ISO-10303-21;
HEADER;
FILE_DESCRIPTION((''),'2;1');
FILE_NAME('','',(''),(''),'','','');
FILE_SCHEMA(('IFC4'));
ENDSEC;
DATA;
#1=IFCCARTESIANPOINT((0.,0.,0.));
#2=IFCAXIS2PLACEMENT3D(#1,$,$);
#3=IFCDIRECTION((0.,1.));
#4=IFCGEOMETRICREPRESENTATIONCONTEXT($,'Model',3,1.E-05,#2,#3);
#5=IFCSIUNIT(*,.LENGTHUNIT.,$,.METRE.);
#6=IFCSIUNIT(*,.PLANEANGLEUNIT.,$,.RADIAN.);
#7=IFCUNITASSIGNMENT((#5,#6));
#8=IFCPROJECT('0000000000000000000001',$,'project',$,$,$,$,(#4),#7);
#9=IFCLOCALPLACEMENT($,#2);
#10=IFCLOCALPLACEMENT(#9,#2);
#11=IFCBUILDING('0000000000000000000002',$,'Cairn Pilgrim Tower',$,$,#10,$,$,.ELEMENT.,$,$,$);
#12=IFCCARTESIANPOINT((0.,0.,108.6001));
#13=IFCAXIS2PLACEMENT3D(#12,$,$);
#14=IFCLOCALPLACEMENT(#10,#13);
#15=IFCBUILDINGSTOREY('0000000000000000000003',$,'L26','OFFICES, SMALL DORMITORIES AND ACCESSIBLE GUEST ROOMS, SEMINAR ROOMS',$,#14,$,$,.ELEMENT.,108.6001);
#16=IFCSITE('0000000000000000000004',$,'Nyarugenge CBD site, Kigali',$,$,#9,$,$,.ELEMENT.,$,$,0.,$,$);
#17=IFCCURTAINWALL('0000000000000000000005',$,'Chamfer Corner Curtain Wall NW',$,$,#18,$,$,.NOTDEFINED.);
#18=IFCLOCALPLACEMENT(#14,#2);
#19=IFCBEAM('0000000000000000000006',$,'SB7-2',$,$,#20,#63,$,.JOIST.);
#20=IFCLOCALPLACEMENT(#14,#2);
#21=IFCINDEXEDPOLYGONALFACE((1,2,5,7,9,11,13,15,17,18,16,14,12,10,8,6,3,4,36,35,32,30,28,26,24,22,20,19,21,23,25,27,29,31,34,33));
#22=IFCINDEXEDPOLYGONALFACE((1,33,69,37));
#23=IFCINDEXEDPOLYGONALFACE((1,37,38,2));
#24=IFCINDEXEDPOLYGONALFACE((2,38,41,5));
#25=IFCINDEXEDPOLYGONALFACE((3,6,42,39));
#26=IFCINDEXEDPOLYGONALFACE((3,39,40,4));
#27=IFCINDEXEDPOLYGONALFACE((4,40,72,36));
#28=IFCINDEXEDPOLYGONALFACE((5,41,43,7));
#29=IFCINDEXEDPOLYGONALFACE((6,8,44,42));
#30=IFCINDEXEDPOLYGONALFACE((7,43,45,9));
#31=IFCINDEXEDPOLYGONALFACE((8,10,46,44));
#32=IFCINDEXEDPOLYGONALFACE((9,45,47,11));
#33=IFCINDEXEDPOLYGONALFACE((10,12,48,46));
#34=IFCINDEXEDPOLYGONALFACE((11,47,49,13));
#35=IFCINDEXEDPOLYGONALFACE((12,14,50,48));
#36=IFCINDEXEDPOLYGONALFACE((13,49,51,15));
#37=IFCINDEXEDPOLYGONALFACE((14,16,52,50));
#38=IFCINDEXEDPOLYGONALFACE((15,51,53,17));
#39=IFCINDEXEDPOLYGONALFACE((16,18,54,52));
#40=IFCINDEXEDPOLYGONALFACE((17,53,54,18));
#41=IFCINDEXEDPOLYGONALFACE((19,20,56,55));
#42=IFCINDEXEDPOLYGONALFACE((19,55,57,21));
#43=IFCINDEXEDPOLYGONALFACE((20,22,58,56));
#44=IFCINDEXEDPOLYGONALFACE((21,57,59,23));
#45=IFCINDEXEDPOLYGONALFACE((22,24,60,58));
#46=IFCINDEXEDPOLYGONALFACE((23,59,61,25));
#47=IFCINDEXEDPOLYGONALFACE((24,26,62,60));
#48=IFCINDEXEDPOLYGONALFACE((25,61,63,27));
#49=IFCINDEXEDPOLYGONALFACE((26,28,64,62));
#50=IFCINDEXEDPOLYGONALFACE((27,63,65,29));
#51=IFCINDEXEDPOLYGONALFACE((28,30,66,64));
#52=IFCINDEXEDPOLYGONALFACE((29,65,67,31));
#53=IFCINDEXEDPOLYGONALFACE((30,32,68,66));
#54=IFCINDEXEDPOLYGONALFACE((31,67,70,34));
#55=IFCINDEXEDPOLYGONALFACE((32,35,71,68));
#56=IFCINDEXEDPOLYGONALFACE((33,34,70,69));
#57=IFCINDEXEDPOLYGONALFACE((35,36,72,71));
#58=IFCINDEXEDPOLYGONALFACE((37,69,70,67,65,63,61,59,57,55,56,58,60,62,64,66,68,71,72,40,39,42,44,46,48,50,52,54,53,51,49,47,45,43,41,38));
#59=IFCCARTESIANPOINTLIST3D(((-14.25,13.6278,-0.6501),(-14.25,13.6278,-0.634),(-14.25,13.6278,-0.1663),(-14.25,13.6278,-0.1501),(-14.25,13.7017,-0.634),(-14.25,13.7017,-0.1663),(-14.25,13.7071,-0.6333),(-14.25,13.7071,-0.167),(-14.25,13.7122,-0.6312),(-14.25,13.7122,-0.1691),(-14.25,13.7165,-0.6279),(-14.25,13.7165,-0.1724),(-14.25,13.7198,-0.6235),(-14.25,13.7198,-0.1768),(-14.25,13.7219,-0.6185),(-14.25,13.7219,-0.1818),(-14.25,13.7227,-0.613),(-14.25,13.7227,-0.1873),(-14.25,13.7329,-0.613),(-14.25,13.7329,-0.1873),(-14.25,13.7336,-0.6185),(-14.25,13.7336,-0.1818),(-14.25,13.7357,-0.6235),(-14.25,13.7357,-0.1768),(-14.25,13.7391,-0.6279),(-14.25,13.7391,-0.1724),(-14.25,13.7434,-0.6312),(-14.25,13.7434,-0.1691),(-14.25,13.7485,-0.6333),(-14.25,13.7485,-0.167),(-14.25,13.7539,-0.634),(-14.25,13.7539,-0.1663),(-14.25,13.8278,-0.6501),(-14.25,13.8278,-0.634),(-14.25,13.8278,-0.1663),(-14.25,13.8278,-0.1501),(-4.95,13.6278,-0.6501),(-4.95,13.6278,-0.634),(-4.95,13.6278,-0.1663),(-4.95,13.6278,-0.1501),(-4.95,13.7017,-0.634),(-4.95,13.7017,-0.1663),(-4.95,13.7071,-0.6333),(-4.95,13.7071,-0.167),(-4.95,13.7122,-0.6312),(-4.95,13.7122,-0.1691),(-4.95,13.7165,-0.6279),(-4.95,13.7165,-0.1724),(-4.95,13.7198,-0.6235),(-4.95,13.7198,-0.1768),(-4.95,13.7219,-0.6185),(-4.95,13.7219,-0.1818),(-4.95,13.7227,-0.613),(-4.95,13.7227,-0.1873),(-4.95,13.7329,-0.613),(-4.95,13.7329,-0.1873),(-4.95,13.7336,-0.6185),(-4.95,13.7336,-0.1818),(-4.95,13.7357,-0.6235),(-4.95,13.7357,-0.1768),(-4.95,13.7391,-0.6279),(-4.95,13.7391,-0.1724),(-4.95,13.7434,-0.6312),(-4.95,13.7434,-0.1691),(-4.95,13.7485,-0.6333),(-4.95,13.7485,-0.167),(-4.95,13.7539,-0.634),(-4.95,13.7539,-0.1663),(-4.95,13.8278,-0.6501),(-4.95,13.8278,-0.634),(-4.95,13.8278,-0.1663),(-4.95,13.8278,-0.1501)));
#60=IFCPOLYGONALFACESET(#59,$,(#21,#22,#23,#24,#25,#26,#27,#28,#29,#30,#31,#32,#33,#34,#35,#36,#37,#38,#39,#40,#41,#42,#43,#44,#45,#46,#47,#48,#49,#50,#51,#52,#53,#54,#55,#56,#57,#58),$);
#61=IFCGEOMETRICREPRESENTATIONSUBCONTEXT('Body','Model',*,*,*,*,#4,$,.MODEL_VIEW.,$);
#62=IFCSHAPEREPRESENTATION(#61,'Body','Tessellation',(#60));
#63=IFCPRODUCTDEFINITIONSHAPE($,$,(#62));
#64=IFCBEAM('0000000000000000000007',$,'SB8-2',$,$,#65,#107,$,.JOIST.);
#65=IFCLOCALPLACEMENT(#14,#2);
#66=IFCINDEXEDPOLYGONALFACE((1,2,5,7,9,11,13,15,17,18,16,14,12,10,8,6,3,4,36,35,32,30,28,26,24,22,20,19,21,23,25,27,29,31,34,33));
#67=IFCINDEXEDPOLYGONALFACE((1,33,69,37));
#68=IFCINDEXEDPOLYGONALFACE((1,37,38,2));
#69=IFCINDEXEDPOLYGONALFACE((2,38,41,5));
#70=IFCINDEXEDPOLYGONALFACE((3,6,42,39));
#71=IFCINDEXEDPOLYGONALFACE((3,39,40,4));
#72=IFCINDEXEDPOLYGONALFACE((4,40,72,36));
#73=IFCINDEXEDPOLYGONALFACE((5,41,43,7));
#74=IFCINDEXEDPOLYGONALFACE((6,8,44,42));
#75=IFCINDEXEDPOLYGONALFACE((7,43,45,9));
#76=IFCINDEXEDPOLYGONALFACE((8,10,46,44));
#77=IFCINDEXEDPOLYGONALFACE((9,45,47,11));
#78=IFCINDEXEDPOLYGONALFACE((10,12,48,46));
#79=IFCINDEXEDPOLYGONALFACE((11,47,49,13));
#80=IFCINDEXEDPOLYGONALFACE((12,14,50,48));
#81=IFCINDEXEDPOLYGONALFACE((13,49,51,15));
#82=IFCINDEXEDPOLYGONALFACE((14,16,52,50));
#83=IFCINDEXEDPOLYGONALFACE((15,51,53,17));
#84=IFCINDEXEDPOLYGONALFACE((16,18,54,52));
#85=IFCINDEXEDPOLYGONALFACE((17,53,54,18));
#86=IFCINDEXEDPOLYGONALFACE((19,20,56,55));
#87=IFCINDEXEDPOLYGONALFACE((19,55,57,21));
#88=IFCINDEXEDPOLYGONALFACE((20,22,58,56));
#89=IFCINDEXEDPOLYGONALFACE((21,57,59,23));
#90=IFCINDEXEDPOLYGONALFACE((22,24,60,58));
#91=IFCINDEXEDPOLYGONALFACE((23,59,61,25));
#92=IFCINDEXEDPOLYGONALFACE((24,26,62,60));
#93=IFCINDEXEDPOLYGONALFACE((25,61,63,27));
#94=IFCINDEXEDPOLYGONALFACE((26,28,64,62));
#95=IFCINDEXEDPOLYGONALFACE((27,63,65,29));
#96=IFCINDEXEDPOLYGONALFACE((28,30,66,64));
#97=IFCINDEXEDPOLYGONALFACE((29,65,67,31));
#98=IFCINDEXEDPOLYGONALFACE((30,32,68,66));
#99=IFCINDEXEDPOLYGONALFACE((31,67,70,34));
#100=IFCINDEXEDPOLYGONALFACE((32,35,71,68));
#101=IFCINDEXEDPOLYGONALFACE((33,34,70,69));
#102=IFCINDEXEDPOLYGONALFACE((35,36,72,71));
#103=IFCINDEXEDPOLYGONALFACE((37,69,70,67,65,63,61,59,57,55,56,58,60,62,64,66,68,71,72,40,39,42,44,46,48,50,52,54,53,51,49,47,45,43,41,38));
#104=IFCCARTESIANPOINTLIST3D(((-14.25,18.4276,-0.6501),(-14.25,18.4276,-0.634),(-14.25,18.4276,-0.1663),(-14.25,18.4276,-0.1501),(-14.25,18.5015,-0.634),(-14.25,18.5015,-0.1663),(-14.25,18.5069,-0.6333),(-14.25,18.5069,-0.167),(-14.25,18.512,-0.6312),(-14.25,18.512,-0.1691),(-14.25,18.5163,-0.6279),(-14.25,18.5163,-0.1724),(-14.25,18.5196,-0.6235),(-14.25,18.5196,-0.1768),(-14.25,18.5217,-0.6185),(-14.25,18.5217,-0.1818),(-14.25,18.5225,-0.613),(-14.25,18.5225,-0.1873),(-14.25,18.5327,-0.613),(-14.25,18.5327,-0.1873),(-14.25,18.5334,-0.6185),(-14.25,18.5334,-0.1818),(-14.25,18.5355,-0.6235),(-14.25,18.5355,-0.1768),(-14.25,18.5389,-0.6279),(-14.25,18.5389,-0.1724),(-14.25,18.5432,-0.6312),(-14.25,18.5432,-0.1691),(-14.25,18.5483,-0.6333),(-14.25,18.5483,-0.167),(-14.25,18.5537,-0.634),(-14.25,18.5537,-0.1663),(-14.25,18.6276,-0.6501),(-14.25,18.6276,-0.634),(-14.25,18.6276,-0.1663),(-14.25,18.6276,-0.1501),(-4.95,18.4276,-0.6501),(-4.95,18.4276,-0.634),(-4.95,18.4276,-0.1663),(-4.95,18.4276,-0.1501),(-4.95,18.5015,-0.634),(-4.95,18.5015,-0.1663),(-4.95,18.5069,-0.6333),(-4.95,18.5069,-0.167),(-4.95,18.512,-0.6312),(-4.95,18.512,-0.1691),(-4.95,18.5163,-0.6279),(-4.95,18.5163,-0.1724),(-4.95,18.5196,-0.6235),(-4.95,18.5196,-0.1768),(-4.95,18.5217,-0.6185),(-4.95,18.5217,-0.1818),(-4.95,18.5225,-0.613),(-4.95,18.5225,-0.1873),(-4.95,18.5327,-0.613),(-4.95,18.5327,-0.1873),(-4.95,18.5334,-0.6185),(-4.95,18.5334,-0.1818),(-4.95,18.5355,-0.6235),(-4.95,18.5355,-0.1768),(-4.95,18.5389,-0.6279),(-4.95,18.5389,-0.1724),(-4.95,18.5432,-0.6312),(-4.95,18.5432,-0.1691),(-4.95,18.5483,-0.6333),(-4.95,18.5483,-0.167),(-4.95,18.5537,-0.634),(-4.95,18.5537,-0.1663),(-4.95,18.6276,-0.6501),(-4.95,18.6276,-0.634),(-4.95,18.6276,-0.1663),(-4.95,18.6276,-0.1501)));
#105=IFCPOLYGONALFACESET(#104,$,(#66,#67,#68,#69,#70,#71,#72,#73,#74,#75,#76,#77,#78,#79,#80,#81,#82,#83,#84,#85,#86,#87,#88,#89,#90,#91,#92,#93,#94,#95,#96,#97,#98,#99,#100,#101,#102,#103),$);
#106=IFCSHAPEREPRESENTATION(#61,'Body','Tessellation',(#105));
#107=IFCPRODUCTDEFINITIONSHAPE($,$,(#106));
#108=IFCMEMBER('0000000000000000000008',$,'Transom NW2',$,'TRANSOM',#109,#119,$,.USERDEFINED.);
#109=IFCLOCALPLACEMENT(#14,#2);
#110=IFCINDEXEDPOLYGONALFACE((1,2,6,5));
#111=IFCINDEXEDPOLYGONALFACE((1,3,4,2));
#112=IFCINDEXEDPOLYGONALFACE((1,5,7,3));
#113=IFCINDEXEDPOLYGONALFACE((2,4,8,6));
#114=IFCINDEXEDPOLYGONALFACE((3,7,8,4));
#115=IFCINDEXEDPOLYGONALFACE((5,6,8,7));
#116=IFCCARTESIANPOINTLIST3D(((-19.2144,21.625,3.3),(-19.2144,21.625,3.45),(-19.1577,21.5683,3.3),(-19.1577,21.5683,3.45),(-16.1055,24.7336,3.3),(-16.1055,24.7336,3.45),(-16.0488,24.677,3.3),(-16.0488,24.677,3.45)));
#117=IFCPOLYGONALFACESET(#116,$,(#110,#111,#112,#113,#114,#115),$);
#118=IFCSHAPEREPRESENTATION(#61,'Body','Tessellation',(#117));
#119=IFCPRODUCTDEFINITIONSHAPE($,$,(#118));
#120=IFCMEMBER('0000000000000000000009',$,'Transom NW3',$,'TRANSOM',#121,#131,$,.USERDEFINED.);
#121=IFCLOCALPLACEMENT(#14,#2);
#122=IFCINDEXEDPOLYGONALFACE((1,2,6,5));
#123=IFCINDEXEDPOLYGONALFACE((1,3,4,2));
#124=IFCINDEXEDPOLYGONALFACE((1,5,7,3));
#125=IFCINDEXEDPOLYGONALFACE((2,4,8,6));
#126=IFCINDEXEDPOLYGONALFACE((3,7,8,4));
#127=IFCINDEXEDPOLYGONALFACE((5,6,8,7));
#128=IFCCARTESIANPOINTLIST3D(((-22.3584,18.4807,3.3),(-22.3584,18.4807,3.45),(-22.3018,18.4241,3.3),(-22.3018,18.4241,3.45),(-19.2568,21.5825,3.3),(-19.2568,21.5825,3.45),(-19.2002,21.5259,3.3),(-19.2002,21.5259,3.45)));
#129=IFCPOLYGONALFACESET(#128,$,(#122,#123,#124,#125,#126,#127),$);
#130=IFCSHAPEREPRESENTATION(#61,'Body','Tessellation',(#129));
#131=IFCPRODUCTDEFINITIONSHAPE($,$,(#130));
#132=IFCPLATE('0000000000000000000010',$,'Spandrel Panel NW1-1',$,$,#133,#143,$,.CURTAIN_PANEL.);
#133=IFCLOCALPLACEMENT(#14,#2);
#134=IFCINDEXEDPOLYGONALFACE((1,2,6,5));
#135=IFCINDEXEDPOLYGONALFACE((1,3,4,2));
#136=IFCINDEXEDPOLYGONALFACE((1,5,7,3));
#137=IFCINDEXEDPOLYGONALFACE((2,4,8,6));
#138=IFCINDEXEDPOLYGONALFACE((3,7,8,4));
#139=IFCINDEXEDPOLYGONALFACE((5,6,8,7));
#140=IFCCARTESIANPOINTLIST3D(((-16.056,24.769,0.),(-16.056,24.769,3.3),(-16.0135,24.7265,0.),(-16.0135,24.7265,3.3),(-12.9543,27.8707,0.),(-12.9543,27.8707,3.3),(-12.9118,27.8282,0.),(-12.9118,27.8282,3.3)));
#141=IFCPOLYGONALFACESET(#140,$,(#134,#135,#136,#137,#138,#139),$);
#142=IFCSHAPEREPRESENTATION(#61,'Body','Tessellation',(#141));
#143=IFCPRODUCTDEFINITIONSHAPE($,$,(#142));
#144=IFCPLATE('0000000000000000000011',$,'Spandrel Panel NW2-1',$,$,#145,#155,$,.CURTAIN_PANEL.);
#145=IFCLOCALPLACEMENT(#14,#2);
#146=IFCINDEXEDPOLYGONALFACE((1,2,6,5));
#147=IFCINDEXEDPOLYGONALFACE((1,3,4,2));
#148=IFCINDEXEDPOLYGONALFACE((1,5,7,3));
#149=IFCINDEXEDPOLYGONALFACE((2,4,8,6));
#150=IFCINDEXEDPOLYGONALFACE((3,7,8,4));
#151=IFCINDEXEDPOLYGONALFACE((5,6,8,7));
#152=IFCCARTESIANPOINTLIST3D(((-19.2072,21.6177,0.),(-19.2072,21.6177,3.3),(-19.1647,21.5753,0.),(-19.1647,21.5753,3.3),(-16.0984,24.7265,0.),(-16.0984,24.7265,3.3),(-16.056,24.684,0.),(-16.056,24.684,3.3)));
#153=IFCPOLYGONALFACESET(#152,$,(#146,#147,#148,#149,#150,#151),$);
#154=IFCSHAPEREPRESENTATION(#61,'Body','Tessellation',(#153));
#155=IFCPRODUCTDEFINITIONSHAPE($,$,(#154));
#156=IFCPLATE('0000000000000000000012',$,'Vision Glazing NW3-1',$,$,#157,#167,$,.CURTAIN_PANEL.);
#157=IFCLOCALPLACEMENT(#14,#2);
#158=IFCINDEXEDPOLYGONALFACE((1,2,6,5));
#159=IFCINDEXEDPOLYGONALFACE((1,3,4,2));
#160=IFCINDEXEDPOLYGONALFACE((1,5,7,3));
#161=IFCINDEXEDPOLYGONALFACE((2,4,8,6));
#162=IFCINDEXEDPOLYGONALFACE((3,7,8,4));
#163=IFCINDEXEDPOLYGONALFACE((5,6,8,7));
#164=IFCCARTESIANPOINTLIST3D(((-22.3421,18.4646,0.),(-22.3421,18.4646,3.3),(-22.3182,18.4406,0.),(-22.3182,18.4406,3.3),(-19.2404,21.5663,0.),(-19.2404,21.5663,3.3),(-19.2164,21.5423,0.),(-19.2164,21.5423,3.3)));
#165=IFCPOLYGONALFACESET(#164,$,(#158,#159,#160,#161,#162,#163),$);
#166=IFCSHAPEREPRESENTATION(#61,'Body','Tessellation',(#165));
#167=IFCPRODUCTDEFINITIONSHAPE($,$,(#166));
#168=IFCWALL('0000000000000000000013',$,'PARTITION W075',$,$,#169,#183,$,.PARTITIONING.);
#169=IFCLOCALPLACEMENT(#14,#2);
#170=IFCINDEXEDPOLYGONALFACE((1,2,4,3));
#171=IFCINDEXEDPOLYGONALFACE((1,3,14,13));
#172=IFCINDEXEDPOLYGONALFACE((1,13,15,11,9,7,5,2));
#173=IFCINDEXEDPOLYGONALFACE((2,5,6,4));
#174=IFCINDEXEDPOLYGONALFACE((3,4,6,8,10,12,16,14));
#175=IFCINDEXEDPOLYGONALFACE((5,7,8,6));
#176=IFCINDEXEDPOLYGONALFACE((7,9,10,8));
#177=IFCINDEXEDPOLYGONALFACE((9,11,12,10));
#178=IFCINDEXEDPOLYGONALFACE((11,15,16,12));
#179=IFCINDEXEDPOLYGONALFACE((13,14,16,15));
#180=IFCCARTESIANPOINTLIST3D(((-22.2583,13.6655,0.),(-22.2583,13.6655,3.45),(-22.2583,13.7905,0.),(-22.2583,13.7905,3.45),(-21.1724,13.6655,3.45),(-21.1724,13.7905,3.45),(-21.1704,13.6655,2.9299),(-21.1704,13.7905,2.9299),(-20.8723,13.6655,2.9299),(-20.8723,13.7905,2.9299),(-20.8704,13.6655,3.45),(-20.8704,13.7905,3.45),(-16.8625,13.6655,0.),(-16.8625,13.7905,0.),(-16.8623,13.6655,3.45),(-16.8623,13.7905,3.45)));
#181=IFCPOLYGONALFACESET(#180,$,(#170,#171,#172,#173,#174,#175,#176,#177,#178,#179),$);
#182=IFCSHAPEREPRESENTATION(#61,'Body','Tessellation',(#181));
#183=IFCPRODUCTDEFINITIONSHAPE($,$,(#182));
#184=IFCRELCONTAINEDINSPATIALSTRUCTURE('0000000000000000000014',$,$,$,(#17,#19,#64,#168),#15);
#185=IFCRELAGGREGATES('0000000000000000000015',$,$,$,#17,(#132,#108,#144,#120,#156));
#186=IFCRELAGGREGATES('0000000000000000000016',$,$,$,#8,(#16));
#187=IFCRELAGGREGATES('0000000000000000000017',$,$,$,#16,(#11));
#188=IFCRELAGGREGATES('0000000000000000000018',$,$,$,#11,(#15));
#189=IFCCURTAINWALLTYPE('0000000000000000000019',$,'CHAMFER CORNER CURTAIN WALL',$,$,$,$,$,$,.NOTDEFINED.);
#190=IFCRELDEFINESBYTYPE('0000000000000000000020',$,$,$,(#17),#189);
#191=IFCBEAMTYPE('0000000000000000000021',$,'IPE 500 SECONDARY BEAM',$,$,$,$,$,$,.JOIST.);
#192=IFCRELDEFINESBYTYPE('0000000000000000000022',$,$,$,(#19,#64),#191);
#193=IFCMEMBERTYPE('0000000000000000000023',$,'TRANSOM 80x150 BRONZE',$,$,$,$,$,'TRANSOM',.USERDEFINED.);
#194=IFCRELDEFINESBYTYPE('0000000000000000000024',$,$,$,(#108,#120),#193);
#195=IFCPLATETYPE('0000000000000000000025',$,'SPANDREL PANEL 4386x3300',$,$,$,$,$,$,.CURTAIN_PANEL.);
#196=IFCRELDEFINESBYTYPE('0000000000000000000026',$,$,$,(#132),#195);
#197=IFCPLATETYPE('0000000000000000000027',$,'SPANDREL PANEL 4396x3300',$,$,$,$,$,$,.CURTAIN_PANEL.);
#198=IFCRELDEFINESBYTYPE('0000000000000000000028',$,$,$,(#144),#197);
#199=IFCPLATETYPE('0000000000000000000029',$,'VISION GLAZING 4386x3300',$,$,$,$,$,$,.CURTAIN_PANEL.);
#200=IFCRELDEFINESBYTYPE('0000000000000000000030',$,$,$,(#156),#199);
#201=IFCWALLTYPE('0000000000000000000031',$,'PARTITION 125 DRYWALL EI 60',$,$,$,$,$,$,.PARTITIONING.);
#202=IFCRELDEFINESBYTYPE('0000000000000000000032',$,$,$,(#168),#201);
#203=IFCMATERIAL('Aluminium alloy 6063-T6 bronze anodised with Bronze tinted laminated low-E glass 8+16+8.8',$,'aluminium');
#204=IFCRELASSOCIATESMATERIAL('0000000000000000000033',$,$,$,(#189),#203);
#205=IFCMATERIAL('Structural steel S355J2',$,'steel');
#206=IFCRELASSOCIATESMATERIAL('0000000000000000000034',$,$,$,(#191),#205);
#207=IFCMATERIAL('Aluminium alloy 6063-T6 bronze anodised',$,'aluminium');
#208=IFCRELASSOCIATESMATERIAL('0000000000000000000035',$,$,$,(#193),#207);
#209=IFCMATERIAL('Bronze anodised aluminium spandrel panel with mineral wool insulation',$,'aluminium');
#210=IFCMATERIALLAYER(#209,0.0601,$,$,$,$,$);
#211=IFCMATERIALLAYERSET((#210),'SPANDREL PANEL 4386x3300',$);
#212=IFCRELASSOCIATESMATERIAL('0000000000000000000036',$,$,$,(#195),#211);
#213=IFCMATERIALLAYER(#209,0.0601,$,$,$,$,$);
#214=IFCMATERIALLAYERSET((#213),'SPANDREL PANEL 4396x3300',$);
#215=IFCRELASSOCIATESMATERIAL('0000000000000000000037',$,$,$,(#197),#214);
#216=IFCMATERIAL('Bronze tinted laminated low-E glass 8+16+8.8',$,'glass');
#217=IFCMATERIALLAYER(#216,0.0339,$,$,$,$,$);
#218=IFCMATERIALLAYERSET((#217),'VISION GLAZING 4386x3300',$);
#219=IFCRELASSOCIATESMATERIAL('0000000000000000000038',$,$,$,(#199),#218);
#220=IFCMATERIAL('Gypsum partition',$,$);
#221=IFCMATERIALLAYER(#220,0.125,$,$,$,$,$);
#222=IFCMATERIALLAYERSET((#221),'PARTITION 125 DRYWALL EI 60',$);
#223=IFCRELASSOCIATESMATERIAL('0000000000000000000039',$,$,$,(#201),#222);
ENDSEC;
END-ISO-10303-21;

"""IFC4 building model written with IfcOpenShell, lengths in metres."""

from ifc_helpers import new_model, si_unit, direction, frame, origin, origin_2d, place, context, subcontext, project, spatial, polyline, rectangle, i_section, outline, extrude, material, layer, layer_set, material_profile, profile_set, type_object, element, aggregate, save


model = new_model("IFC4")

# Units and contexts
model_context = context("Model", 3, precision=1e-05, world=origin(), true_north=direction((0.0, 1.0)))
body_context = subcontext(model_context, "Body", "Model", "MODEL_VIEW")
ifc_project = project(units=[si_unit("LENGTHUNIT", "METRE"), si_unit("PLANEANGLEUNIT", "RADIAN")], contexts=[model_context])

# Site, building, storey
site_placement = place(None, origin())
site = spatial("IfcSite", under=ifc_project, at=site_placement, Name="Nyarugenge CBD site, Kigali", CompositionType="ELEMENT", RefElevation=0.0)
building_placement = place(site_placement, origin())
building = spatial("IfcBuilding", under=site, at=building_placement, Name="Cairn Pilgrim Tower", CompositionType="ELEMENT")
storey_placement = place(building_placement, frame((0.0, 0.0, 108.6001)))
storey = spatial("IfcBuildingStorey", under=building, at=storey_placement, Name="L26", Description="OFFICES, SMALL DORMITORIES AND ACCESSIBLE GUEST ROOMS, SEMINAR ROOMS", CompositionType="ELEMENT", Elevation=108.6001)

# Shared definitions
ifc_material_1 = material(Name="Structural steel S355J2", Category="steel")

# Curtain wall
ifc_material_2 = material(Name="Aluminium alloy 6063-T6 bronze anodised with Bronze tinted laminated low-E glass 8+16+8.8", Category="aluminium")
curtain_wall_type_1 = type_object("IfcCurtainWallType", Name="CHAMFER CORNER CURTAIN WALL", PredefinedType="NOTDEFINED", material=ifc_material_2)
curtain_wall_1_placement = place(storey_placement, origin())
curtain_wall_1 = element("IfcCurtainWall", 1, at=curtain_wall_1_placement, inside=storey, type_object=curtain_wall_type_1, Name="Chamfer Corner Curtain Wall NW", PredefinedType="NOTDEFINED")
ifc_material_3 = material(Name="Aluminium alloy 6063-T6 bronze anodised", Category="aluminium")

# Beams
ifc_material_profile_1 = material_profile(ifc_material_1, i_section(OverallWidth=0.2, OverallDepth=0.5, WebThickness=0.0103, FlangeThickness=0.0161, FilletRadius=0.021, at=origin_2d()), Name="IPE 500")
ifc_profile_set_1 = profile_set([ifc_material_profile_1], Name="Structural steel S355J2")
beam_type_1 = type_object("IfcBeamType", Name="IPE 500 SECONDARY BEAM", PredefinedType="JOIST", material=ifc_profile_set_1)
for number, where, z_axis, x_axis, name in (
    (2, (-14.25, 13.7278, -0.4001), (1.0, 0.0, 0.0), (0.0, 1.0, 0.0), "SB7-2"),
    (3, (-14.25, 18.5276, -0.4001), (1.0, 0.0, 0.0), (0.0, 1.0, 0.0), "SB8-2"),
):
    element("IfcBeam", number, at=place(storey_placement, frame(where, z_axis=z_axis, x_axis=x_axis)), inside=storey, type_object=beam_type_1, Name=name, PredefinedType="JOIST", context=body_context, shape_type="SweptSolid", body=[
        extrude(i_section(OverallWidth=0.2, OverallDepth=0.5, WebThickness=0.0103, FlangeThickness=0.0161, FilletRadius=0.021, at=origin_2d()), origin(), (0.0, 0.0, 1.0), 9.3),
    ])

# Members
ifc_material_profile_2 = material_profile(ifc_material_3, rectangle(XDim=0.0801, YDim=0.1499, at=origin_2d()), Name="TRANSOM 80x150 BRONZE")
ifc_profile_set_2 = profile_set([ifc_material_profile_2], Name="Aluminium alloy 6063-T6 bronze anodised")
member_type_1 = type_object("IfcMemberType", Name="TRANSOM 80x150 BRONZE", ElementType="TRANSOM", PredefinedType="USERDEFINED", material=ifc_profile_set_2)
member_1_placement = place(storey_placement, frame((-16.0771, 24.7053, 3.375), z_axis=(-0.707135, -0.707079, 0.0), x_axis=(0.707079, -0.707135, 0.0)))
member_1 = element("IfcMember", 4, at=member_1_placement, type_object=member_type_1, Name="Transom NW2", ObjectType="TRANSOM", PredefinedType="USERDEFINED", context=body_context, shape_type="SweptSolid", body=[
    extrude(rectangle(XDim=0.0801, YDim=0.1499, at=origin_2d()), origin(), (0.0, 0.0, 1.0), 4.3965),
])
member_2_placement = place(storey_placement, frame((-19.2285, 21.5542, 3.375), z_axis=(-0.707079, -0.707135, 0.0), x_axis=(0.707135, -0.707079, 0.0)))
member_2 = element("IfcMember", 5, at=member_2_placement, type_object=member_type_1, Name="Transom NW3", ObjectType="TRANSOM", PredefinedType="USERDEFINED", context=body_context, shape_type="SweptSolid", body=[
    extrude(rectangle(XDim=0.0801, YDim=0.1499, at=origin_2d()), origin(), (0.0, 0.0, 1.0), 4.3865),
])

# Plates
ifc_material_4 = material(Name="Bronze anodised aluminium spandrel panel with mineral wool insulation", Category="aluminium")
ifc_layer_1 = layer(ifc_material_4, 0.0601)
ifc_layer_set_1 = layer_set([ifc_layer_1], Name="SPANDREL PANEL 4386x3300")
plate_type_1 = type_object("IfcPlateType", Name="SPANDREL PANEL 4386x3300", PredefinedType="CURTAIN_PANEL", material=ifc_layer_set_1)
plate_1_placement = place(storey_placement, frame((-14.4839, 26.2986, 0.0), z_axis=(0.0, 0.0, 1.0), x_axis=(-0.707107, -0.707107, 0.0)))
plate_1 = element("IfcPlate", 6, at=plate_1_placement, type_object=plate_type_1, Name="Spandrel Panel NW1-1", PredefinedType="CURTAIN_PANEL", context=body_context, shape_type="SweptSolid", body=[
    extrude(rectangle(XDim=4.3865, YDim=0.0601, at=origin_2d()), origin(), (0.0, 0.0, 1.0), 3.3),
])
ifc_layer_2 = layer(ifc_material_4, 0.0601)
ifc_layer_set_2 = layer_set([ifc_layer_2], Name="SPANDREL PANEL 4396x3300")
plate_type_2 = type_object("IfcPlateType", Name="SPANDREL PANEL 4396x3300", PredefinedType="CURTAIN_PANEL", material=ifc_layer_set_2)
plate_2_placement = place(storey_placement, frame((-17.6316, 23.1509, 0.0), z_axis=(0.0, 0.0, 1.0), x_axis=(-0.707107, -0.707107, 0.0)))
plate_2 = element("IfcPlate", 7, at=plate_2_placement, type_object=plate_type_2, Name="Spandrel Panel NW2-1", PredefinedType="CURTAIN_PANEL", context=body_context, shape_type="SweptSolid", body=[
    extrude(rectangle(XDim=4.3965, YDim=0.0601, at=origin_2d()), origin(), (0.0, 0.0, 1.0), 3.3),
])
ifc_material_5 = material(Name="Bronze tinted laminated low-E glass 8+16+8.8", Category="glass")
ifc_layer_3 = layer(ifc_material_5, 0.0339)
ifc_layer_set_3 = layer_set([ifc_layer_3], Name="VISION GLAZING 4386x3300")
plate_type_3 = type_object("IfcPlateType", Name="VISION GLAZING 4386x3300", PredefinedType="CURTAIN_PANEL", material=ifc_layer_set_3)
plate_3_placement = place(storey_placement, frame((-20.7793, 20.0034, 0.0), z_axis=(0.0, 0.0, 1.0), x_axis=(-0.707107, -0.707107, 0.0)))
plate_3 = element("IfcPlate", 8, at=plate_3_placement, type_object=plate_type_3, Name="Vision Glazing NW3-1", PredefinedType="CURTAIN_PANEL", context=body_context, shape_type="SweptSolid", body=[
    extrude(rectangle(XDim=4.3865, YDim=0.0339, at=origin_2d()), origin(), (0.0, 0.0, 1.0), 3.3),
])
aggregate(curtain_wall_1, [plate_1, member_1, plate_2, member_2, plate_3])

# Wall
ifc_material_6 = material(Name="Gypsum partition")
ifc_layer_4 = layer(ifc_material_6, 0.125)
ifc_layer_set_4 = layer_set([ifc_layer_4], Name="PARTITION 125 DRYWALL EI 60")
wall_type_1 = type_object("IfcWallType", Name="PARTITION 125 DRYWALL EI 60", PredefinedType="PARTITIONING", material=ifc_layer_set_4)
wall_1_placement = place(storey_placement, frame((-22.2583, 13.728, 0.0), z_axis=(0.0, 0.0, 1.0), x_axis=(1.0, 0.0, 0.0)))
element("IfcWall", 9, at=wall_1_placement, inside=storey, type_object=wall_type_1, Name="PARTITION W075", PredefinedType="PARTITIONING", context=body_context, shape_type="SweptSolid", body=[
    extrude(outline(polyline([(0.0, 0.0), (5.3958, 0.0), (5.396, 3.45), (1.3879, 3.45), (1.386, 2.9299), (1.0879, 2.9299), (1.0859, 3.45), (0.0, 3.45), (0.0, 0.0)])), frame((0.0, 0.0625, 0.0), z_axis=(0.0, -1.0, 0.0), x_axis=(1.0, 0.0, 0.0)), (0.0, 0.0, 1.0), 0.125),
])

save(model, "model.ifc")
